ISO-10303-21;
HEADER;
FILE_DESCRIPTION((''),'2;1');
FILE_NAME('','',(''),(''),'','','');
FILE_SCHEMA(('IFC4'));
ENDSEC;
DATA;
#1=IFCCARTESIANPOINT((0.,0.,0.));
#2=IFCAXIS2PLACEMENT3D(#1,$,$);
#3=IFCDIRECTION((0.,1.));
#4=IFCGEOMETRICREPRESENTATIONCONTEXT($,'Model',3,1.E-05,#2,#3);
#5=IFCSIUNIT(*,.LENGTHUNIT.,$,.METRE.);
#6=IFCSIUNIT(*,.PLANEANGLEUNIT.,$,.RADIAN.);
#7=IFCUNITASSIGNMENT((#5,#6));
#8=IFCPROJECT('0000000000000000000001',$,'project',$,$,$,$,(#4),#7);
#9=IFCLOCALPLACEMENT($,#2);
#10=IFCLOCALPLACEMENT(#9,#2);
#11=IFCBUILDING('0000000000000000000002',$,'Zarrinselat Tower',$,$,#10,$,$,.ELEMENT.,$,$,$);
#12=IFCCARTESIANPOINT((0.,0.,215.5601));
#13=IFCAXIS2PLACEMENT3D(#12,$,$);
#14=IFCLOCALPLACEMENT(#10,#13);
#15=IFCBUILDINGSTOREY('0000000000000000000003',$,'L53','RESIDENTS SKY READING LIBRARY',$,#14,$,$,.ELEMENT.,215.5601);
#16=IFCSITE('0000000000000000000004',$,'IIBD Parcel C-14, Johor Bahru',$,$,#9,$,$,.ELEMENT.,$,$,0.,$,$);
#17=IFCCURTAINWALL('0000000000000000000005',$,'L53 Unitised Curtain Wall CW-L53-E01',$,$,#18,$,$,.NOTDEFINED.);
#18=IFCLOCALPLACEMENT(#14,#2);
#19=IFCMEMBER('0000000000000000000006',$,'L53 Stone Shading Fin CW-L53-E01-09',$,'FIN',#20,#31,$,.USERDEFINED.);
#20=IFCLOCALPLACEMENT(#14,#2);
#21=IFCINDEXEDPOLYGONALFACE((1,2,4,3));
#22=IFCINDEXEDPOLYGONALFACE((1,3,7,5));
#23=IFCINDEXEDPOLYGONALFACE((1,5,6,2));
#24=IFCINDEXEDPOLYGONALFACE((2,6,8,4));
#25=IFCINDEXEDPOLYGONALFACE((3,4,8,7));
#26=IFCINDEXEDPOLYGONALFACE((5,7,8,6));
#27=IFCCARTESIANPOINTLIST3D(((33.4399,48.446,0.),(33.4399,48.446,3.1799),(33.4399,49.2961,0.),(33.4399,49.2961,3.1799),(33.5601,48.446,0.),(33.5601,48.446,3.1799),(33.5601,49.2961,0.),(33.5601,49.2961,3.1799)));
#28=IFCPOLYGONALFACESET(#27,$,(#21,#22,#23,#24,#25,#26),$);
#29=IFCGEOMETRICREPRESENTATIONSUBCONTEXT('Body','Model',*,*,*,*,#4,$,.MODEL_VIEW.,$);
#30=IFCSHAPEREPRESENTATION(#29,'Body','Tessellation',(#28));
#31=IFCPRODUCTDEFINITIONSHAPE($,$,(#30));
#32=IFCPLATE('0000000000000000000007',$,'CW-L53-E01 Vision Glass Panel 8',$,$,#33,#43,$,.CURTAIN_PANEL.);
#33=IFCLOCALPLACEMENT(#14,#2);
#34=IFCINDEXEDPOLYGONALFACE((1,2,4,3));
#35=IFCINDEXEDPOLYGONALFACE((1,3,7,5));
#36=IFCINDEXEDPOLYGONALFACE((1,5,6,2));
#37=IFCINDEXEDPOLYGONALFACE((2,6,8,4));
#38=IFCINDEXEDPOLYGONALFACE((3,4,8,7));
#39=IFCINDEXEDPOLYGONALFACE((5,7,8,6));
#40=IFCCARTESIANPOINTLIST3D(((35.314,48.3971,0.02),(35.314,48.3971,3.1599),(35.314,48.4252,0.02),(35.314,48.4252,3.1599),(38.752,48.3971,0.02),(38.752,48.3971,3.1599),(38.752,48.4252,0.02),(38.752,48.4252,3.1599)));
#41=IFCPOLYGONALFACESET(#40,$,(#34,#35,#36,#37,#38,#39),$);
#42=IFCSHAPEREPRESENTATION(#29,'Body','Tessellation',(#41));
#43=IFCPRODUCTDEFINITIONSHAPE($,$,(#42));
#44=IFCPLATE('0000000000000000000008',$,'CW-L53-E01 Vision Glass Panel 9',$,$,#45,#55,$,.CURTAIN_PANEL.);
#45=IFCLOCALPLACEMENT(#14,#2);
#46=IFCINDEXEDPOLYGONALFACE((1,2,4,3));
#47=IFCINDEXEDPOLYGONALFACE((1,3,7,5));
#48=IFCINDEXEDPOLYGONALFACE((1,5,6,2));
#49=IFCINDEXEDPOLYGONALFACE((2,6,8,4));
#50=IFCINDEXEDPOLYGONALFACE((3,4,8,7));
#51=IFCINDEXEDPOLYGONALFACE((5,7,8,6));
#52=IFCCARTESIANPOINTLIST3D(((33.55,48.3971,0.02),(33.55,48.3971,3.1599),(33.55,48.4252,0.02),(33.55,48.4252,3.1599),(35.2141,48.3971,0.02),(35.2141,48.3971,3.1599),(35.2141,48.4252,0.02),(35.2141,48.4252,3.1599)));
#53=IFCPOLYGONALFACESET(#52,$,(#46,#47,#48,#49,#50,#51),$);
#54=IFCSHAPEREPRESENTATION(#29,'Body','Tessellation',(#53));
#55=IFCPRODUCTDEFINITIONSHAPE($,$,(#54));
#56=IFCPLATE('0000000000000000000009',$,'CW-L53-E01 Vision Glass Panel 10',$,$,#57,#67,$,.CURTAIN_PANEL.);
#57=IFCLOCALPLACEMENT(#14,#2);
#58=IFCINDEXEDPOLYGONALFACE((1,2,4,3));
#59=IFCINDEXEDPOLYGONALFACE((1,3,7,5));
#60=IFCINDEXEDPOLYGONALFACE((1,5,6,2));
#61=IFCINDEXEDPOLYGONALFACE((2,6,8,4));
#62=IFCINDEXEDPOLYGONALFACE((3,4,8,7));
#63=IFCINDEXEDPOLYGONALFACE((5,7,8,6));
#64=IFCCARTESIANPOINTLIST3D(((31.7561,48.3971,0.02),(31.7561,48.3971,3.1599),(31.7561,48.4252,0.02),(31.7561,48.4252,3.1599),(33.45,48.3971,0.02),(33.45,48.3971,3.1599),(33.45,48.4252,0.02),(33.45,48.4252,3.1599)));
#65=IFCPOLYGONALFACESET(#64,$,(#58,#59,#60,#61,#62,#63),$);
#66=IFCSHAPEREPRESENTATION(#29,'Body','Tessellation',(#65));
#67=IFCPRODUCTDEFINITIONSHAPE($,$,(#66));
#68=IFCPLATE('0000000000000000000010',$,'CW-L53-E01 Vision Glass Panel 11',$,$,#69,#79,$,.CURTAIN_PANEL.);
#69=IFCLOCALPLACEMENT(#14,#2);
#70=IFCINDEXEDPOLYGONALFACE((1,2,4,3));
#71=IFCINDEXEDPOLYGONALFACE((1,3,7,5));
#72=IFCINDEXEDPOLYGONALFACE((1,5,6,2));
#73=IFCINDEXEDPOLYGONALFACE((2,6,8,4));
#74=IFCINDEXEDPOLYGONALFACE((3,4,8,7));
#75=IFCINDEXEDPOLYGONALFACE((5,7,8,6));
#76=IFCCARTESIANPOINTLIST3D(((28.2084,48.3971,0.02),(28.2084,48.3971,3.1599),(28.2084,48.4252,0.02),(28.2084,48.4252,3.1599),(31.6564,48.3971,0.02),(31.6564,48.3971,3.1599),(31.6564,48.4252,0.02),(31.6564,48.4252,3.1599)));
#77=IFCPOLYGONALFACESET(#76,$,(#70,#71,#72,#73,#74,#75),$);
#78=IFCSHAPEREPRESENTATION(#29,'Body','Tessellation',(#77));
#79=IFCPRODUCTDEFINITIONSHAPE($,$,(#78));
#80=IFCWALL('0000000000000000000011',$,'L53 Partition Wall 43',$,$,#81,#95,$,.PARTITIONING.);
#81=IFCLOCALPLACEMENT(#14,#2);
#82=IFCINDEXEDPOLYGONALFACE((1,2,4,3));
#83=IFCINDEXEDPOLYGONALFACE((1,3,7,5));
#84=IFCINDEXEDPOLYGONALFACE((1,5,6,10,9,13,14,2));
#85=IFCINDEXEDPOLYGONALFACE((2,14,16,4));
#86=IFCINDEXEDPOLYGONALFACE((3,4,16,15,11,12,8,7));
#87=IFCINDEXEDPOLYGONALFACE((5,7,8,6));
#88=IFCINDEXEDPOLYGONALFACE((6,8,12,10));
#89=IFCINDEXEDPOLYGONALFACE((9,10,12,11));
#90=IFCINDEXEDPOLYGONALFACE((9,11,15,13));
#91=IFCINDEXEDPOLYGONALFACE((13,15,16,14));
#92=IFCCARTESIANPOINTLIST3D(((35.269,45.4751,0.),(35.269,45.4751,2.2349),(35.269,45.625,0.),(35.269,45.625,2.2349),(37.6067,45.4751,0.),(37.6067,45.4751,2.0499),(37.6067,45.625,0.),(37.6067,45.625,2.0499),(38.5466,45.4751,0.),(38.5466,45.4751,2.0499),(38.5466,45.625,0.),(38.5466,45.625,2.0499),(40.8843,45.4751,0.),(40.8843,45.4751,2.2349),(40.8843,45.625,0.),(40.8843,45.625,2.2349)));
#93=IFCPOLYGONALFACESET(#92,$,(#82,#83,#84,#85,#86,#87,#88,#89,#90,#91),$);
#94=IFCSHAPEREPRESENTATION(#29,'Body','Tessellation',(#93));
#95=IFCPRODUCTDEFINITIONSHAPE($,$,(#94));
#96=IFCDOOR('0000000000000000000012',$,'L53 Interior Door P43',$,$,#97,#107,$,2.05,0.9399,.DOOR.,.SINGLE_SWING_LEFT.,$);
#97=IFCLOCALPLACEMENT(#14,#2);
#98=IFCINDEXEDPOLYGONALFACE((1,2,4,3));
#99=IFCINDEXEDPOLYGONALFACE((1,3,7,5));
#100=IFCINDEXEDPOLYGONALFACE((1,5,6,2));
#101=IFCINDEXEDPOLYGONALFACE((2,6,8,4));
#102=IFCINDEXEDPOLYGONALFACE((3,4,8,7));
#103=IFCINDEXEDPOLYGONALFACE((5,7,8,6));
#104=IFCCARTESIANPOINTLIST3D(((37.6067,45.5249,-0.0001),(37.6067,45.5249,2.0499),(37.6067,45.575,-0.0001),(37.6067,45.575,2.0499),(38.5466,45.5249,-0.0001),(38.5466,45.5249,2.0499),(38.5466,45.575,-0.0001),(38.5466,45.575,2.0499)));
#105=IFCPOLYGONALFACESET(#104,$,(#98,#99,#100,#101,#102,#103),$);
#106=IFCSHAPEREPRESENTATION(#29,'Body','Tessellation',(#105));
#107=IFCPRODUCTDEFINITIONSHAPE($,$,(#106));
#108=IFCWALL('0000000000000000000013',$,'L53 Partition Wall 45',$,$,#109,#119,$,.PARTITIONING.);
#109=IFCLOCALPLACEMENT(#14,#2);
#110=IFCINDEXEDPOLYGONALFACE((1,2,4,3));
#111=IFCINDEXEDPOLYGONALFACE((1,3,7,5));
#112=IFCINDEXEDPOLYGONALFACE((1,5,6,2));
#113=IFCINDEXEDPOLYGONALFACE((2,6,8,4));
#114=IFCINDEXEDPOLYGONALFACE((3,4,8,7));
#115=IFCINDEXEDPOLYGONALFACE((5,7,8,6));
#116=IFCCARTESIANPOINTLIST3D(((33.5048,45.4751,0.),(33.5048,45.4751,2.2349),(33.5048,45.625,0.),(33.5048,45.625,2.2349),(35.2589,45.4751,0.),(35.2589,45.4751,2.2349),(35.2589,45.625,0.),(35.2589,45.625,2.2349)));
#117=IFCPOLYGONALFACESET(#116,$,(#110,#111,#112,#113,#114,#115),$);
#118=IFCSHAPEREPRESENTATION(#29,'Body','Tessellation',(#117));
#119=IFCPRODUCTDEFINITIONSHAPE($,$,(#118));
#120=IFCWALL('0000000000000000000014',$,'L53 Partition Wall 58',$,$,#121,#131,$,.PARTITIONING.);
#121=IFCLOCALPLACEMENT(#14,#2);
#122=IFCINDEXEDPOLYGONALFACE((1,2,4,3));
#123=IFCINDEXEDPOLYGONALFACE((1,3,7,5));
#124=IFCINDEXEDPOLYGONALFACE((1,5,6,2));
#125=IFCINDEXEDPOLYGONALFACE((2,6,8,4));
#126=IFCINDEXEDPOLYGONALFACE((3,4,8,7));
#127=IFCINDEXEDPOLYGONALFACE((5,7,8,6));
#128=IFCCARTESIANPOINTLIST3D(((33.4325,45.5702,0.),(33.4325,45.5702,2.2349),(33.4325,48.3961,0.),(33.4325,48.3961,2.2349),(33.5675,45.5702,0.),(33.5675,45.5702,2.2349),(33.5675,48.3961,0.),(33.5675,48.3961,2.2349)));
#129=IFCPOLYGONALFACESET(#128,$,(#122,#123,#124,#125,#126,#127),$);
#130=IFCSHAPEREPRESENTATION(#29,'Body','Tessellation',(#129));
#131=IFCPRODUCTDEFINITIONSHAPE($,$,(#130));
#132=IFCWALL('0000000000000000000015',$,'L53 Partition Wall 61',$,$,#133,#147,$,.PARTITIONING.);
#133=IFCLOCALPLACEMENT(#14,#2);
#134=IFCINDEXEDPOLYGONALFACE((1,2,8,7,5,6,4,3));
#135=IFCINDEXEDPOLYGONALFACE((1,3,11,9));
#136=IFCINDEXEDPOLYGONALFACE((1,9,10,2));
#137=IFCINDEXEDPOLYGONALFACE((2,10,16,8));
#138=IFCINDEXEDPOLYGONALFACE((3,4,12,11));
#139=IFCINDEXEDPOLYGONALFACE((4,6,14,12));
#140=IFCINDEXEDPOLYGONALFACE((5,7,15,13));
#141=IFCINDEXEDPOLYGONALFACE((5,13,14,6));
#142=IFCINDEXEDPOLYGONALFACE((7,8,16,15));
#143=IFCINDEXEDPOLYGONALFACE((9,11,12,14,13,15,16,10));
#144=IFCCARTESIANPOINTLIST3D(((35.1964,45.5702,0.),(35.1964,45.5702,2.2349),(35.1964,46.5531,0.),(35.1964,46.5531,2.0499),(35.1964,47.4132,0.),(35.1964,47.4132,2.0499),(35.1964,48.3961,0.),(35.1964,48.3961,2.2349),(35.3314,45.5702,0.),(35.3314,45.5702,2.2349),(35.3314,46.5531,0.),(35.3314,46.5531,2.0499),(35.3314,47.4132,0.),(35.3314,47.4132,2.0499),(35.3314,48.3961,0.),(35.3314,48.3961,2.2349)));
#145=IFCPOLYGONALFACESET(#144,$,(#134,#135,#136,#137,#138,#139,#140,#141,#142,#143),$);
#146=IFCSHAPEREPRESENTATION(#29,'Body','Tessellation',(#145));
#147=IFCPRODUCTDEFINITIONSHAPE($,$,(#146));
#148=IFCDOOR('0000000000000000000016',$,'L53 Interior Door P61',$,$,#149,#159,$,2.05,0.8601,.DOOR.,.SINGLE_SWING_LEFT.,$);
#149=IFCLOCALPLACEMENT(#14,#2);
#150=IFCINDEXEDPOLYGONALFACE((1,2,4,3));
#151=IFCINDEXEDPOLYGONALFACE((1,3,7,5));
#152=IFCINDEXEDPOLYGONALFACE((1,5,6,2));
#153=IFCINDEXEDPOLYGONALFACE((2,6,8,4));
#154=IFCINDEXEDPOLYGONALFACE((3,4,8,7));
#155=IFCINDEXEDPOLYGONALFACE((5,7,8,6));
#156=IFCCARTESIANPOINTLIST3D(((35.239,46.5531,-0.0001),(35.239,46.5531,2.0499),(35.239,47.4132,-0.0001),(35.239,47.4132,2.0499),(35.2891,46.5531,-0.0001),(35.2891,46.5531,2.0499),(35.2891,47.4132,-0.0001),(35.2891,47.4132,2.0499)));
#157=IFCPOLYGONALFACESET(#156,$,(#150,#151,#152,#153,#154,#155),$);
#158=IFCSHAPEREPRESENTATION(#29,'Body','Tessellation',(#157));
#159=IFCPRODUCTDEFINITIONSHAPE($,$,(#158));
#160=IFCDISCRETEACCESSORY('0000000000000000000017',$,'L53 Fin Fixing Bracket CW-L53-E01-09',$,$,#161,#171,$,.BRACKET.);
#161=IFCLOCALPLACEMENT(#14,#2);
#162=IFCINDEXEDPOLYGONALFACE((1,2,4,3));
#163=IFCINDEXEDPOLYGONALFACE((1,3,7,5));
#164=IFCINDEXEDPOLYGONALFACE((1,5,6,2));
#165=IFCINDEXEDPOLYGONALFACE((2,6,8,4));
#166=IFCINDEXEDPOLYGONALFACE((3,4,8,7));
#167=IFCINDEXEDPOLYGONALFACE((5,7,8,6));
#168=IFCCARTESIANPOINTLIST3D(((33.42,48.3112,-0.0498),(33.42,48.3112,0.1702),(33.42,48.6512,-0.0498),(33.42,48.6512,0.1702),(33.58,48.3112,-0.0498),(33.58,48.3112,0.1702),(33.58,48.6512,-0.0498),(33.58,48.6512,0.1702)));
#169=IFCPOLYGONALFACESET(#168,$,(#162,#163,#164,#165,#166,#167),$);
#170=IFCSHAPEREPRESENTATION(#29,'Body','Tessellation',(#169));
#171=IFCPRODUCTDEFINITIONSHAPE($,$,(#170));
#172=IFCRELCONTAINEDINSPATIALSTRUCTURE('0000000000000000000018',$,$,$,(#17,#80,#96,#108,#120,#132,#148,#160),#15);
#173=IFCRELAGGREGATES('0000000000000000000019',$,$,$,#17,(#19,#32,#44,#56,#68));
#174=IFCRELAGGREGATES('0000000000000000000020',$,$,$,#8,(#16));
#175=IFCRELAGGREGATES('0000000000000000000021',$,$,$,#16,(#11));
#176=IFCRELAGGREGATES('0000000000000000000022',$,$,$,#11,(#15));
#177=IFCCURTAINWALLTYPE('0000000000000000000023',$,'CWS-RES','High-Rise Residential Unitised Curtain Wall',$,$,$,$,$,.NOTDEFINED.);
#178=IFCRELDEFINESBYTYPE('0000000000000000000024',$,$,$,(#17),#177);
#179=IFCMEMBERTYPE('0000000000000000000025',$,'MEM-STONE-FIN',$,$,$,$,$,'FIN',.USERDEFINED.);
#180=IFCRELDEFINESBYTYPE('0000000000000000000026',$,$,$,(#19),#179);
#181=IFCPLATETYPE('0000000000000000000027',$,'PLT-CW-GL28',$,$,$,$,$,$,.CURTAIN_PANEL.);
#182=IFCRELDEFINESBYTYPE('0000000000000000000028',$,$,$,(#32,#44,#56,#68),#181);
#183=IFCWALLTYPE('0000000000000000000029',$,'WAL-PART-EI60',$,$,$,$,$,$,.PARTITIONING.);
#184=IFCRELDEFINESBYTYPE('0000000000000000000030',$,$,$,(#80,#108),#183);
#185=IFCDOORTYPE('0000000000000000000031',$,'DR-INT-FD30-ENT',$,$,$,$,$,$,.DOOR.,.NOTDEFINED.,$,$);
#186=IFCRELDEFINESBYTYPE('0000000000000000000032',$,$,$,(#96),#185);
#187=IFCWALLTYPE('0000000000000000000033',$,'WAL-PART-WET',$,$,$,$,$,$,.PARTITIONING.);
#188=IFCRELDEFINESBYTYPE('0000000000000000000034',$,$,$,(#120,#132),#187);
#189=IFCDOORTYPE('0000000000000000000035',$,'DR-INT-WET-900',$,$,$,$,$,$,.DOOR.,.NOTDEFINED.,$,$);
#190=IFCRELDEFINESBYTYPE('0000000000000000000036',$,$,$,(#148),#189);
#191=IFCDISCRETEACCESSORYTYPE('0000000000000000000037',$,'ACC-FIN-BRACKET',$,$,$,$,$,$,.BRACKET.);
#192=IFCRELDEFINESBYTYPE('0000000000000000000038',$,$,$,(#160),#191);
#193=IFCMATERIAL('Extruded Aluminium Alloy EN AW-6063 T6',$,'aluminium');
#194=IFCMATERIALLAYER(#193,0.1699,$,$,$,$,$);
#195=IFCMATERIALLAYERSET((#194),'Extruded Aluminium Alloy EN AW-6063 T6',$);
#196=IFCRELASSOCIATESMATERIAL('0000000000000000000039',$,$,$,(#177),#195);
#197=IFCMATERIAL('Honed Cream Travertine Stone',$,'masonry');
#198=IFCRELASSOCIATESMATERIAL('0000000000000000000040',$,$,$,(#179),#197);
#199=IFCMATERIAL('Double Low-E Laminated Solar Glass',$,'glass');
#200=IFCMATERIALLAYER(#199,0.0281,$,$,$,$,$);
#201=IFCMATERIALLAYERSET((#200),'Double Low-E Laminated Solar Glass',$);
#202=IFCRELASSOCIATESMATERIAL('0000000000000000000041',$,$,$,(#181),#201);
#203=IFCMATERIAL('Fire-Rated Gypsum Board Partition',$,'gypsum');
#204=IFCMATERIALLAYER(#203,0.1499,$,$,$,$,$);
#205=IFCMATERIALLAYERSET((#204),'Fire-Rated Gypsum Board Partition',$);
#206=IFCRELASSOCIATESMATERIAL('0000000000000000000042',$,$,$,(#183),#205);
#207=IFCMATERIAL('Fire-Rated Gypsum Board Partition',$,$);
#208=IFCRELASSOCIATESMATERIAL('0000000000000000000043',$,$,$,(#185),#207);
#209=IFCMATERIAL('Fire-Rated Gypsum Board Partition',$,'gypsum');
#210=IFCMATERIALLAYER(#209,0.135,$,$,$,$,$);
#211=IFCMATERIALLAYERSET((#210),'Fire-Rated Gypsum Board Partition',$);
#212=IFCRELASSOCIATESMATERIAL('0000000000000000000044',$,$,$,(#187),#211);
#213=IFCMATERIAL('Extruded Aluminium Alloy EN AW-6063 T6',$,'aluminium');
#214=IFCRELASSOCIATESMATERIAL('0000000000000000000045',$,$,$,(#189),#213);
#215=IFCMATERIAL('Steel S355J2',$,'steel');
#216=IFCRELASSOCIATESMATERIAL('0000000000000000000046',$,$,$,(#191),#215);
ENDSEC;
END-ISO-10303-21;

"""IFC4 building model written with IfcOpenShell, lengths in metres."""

from ifc_helpers import new_model, si_unit, direction, frame, frame_2d, origin, origin_2d, place, context, subcontext, project, spatial, rectangle, extrude, material, layer, layer_set, material_profile, profile_set, type_object, element, fill, aggregate, save


model = new_model("IFC4")

# Units and contexts
model_context = context("Model", 3, precision=1e-05, world=origin(), true_north=direction((0.0, 1.0)))
body_context = subcontext(model_context, "Body", "Model", "MODEL_VIEW")
ifc_project = project(units=[si_unit("LENGTHUNIT", "METRE"), si_unit("PLANEANGLEUNIT", "RADIAN")], contexts=[model_context])

# Site, building, storey
site_placement = place(None, origin())
site = spatial("IfcSite", under=ifc_project, at=site_placement, Name="IIBD Parcel C-14, Johor Bahru", CompositionType="ELEMENT", RefElevation=0.0)
building_placement = place(site_placement, origin())
building = spatial("IfcBuilding", under=site, at=building_placement, Name="Zarrinselat Tower", CompositionType="ELEMENT")
storey_placement = place(building_placement, frame((0.0, 0.0, 215.5601)))
storey = spatial("IfcBuildingStorey", under=building, at=storey_placement, Name="L53", Description="RESIDENTS SKY READING LIBRARY", CompositionType="ELEMENT", Elevation=215.5601)

# Curtain wall, member, plates
ifc_material_1 = material(Name="Extruded Aluminium Alloy EN AW-6063 T6", Category="aluminium")
ifc_layer_1 = layer(ifc_material_1, 0.1699)
ifc_layer_set_1 = layer_set([ifc_layer_1], Name="Extruded Aluminium Alloy EN AW-6063 T6")
curtain_wall_type = type_object("IfcCurtainWallType", Name="CWS-RES", Description="High-Rise Residential Unitised Curtain Wall", PredefinedType="NOTDEFINED", material=ifc_layer_set_1)
curtain_wall_placement = place(storey_placement, origin())
curtain_wall = element("IfcCurtainWall", 1, at=curtain_wall_placement, inside=storey, type_object=curtain_wall_type, Name="L53 Unitised Curtain Wall CW-L53-E01", PredefinedType="NOTDEFINED")
ifc_material_2 = material(Name="Honed Cream Travertine Stone", Category="masonry")
ifc_material_profile_1 = material_profile(ifc_material_2, rectangle(XDim=0.1201, YDim=0.8501, at=origin_2d()), Name="FIN 850x120")
ifc_profile_set_1 = profile_set([ifc_material_profile_1], Name="Honed Cream Travertine Stone")
member_type_1 = type_object("IfcMemberType", Name="MEM-STONE-FIN", ElementType="FIN", PredefinedType="USERDEFINED", material=ifc_profile_set_1)
member_1_placement = place(storey_placement, frame((33.5, 48.8711, 0.0), z_axis=(0.0, 0.0, 1.0), x_axis=(1.0, 0.0, 0.0)))
member_1 = element("IfcMember", 2, at=member_1_placement, type_object=member_type_1, Name="L53 Stone Shading Fin CW-L53-E01-09", ObjectType="FIN", PredefinedType="USERDEFINED", context=body_context, shape_type="SweptSolid", body=[
    extrude(rectangle(XDim=0.1201, YDim=0.8501, at=origin_2d()), origin(), (0.0, 0.0, 1.0), 3.1799),
])
ifc_material_3 = material(Name="Double Low-E Laminated Solar Glass", Category="glass")
ifc_layer_2 = layer(ifc_material_3, 0.0281)
ifc_layer_set_2 = layer_set([ifc_layer_2], Name="Double Low-E Laminated Solar Glass")
plate_type = type_object("IfcPlateType", Name="PLT-CW-GL28", PredefinedType="CURTAIN_PANEL", material=ifc_layer_set_2)
plate_1_placement = place(storey_placement, frame((37.033, 48.4111, 0.02), z_axis=(0.0, 0.0, 1.0), x_axis=(-1.0, 0.0, 0.0)))
plate_1 = element("IfcPlate", 3, at=plate_1_placement, type_object=plate_type, Name="CW-L53-E01 Vision Glass Panel 8", PredefinedType="CURTAIN_PANEL", context=body_context, shape_type="SweptSolid", body=[
    extrude(rectangle(XDim=3.438, YDim=0.0281, at=origin_2d()), origin(), (0.0, 0.0, 1.0), 3.1399),
])
plate_2_placement = place(storey_placement, frame((34.3821, 48.4111, 0.02), z_axis=(0.0, 0.0, 1.0), x_axis=(-1.0, 0.0, 0.0)))
plate_2 = element("IfcPlate", 4, at=plate_2_placement, type_object=plate_type, Name="CW-L53-E01 Vision Glass Panel 9", PredefinedType="CURTAIN_PANEL", context=body_context, shape_type="SweptSolid", body=[
    extrude(rectangle(XDim=1.6641, YDim=0.0281, at=origin_2d()), origin(), (0.0, 0.0, 1.0), 3.1399),
])
plate_3_placement = place(storey_placement, frame((32.603, 48.4111, 0.02), z_axis=(0.0, 0.0, 1.0), x_axis=(-1.0, 0.0, 0.0)))
plate_3 = element("IfcPlate", 5, at=plate_3_placement, type_object=plate_type, Name="CW-L53-E01 Vision Glass Panel 10", PredefinedType="CURTAIN_PANEL", context=body_context, shape_type="SweptSolid", body=[
    extrude(rectangle(XDim=1.6938, YDim=0.0281, at=origin_2d()), origin(), (0.0, 0.0, 1.0), 3.1399),
])
plate_4_placement = place(storey_placement, frame((29.9324, 48.4111, 0.02), z_axis=(0.0, 0.0, 1.0), x_axis=(-1.0, 0.0, 0.0)))
plate_4 = element("IfcPlate", 6, at=plate_4_placement, type_object=plate_type, Name="CW-L53-E01 Vision Glass Panel 11", PredefinedType="CURTAIN_PANEL", context=body_context, shape_type="SweptSolid", body=[
    extrude(rectangle(XDim=3.448, YDim=0.0281, at=origin_2d()), origin(), (0.0, 0.0, 1.0), 3.1399),
])
aggregate(curtain_wall, [member_1, plate_1, plate_2, plate_3, plate_4])

# Wall, opening, door
ifc_material_4 = material(Name="Fire-Rated Gypsum Board Partition", Category="gypsum")
ifc_layer_3 = layer(ifc_material_4, 0.1499)
ifc_layer_set_3 = layer_set([ifc_layer_3], Name="Fire-Rated Gypsum Board Partition")
wall_type_1 = type_object("IfcWallType", Name="WAL-PART-EI60", PredefinedType="PARTITIONING", material=ifc_layer_set_3)
wall_1_placement = place(storey_placement, frame((35.269, 45.55, 0.0), z_axis=(0.0, 0.0, 1.0), x_axis=(1.0, 0.0, 0.0)))
wall_1 = element("IfcWall", 7, at=wall_1_placement, inside=storey, type_object=wall_type_1, Name="L53 Partition Wall 43", PredefinedType="PARTITIONING", context=body_context, shape_type="SweptSolid", body=[
    extrude(rectangle(XDim=5.6152, YDim=0.1499, at=frame_2d((2.8076, 0.0))), origin(), (0.0, 0.0, 1.0), 2.2349),
])
opening_1_placement = place(wall_1_placement, frame((2.3376, 0.0, 0.0)))
opening_1 = element("IfcOpeningElement", 8, at=opening_1_placement, cuts=wall_1, PredefinedType="OPENING", context=body_context, shape_type="SweptSolid", body=[
    extrude(rectangle(XDim=0.9399, YDim=2.05, at=frame_2d((0.47, 1.0249))), frame((0.0, 0.085, 0.0), z_axis=(0.0, -1.0, 0.0), x_axis=(1.0, 0.0, 0.0)), (0.0, 0.0, 1.0), 0.1699),
])
ifc_material_5 = material(Name="Fire-Rated Gypsum Board Partition")
door_type_1 = type_object("IfcDoorType", Name="DR-INT-FD30-ENT", OperationType="NOTDEFINED", PredefinedType="DOOR", material=ifc_material_5)
door_1_placement = place(opening_1_placement, origin())
door_1 = element("IfcDoor", 9, at=door_1_placement, inside=storey, type_object=door_type_1, Name="L53 Interior Door P43", OperationType="SINGLE_SWING_LEFT", OverallHeight=2.05, OverallWidth=0.9399, PredefinedType="DOOR", context=body_context, shape_type="SweptSolid", body=[
    extrude(rectangle(XDim=0.9399, YDim=2.05, at=frame_2d((0.47, 1.0249))), frame((0.0, 0.0249, 0.0), z_axis=(0.0, -1.0, 0.0), x_axis=(1.0, 0.0, 0.0)), (0.0, 0.0, 1.0), 0.05),
])
fill(opening_1, door_1)

# Walls
wall_2_placement = place(storey_placement, frame((33.5049, 45.55, 0.0), z_axis=(0.0, 0.0, 1.0), x_axis=(1.0, 0.0, 0.0)))
element("IfcWall", 10, at=wall_2_placement, inside=storey, type_object=wall_type_1, Name="L53 Partition Wall 45", PredefinedType="PARTITIONING", context=body_context, shape_type="SweptSolid", body=[
    extrude(rectangle(XDim=1.7542, YDim=0.1499, at=frame_2d((0.877, 0.0))), origin(), (0.0, 0.0, 1.0), 2.2349),
])
ifc_material_6 = material(Name="Fire-Rated Gypsum Board Partition", Category="gypsum")
ifc_layer_4 = layer(ifc_material_6, 0.135)
ifc_layer_set_4 = layer_set([ifc_layer_4], Name="Fire-Rated Gypsum Board Partition")
wall_type_2 = type_object("IfcWallType", Name="WAL-PART-WET", PredefinedType="PARTITIONING", material=ifc_layer_set_4)
wall_3_placement = place(storey_placement, frame((33.5, 45.5701, 0.0), z_axis=(0.0, 0.0, 1.0), x_axis=(0.0, 1.0, 0.0)))
element("IfcWall", 11, at=wall_3_placement, inside=storey, type_object=wall_type_2, Name="L53 Partition Wall 58", PredefinedType="PARTITIONING", context=body_context, shape_type="SweptSolid", body=[
    extrude(rectangle(XDim=2.8259, YDim=0.135, at=frame_2d((1.4131, 0.0))), origin(), (0.0, 0.0, 1.0), 2.2349),
])

# Wall, opening, door
wall_4_placement = place(storey_placement, frame((35.2639, 45.5701, 0.0), z_axis=(0.0, 0.0, 1.0), x_axis=(0.0, 1.0, 0.0)))
wall_4 = element("IfcWall", 12, at=wall_4_placement, inside=storey, type_object=wall_type_2, Name="L53 Partition Wall 61", PredefinedType="PARTITIONING", context=body_context, shape_type="SweptSolid", body=[
    extrude(rectangle(XDim=2.8259, YDim=0.135, at=frame_2d((1.4131, 0.0))), origin(), (0.0, 0.0, 1.0), 2.2349),
])
opening_2_placement = place(wall_4_placement, frame((0.9829, 0.0, 0.0)))
opening_2 = element("IfcOpeningElement", 13, at=opening_2_placement, cuts=wall_4, PredefinedType="OPENING", context=body_context, shape_type="SweptSolid", body=[
    extrude(rectangle(XDim=0.8601, YDim=2.05, at=frame_2d((0.4302, 1.0249))), frame((0.0, 0.0774, 0.0), z_axis=(0.0, -1.0, 0.0), x_axis=(1.0, 0.0, 0.0)), (0.0, 0.0, 1.0), 0.155),
])
ifc_material_7 = material(Name="Extruded Aluminium Alloy EN AW-6063 T6", Category="aluminium")
door_type_2 = type_object("IfcDoorType", Name="DR-INT-WET-900", OperationType="NOTDEFINED", PredefinedType="DOOR", material=ifc_material_7)
door_2_placement = place(opening_2_placement, origin())
door_2 = element("IfcDoor", 14, at=door_2_placement, inside=storey, type_object=door_type_2, Name="L53 Interior Door P61", OperationType="SINGLE_SWING_LEFT", OverallHeight=2.05, OverallWidth=0.8601, PredefinedType="DOOR", context=body_context, shape_type="SweptSolid", body=[
    extrude(rectangle(XDim=0.8601, YDim=2.05, at=frame_2d((0.4302, 1.0249))), frame((0.0, 0.0249, 0.0), z_axis=(0.0, -1.0, 0.0), x_axis=(1.0, 0.0, 0.0)), (0.0, 0.0, 1.0), 0.05),
])
fill(opening_2, door_2)

# Discrete accessory
ifc_material_8 = material(Name="Steel S355J2", Category="steel")
discrete_accessory_type = type_object("IfcDiscreteAccessoryType", Name="ACC-FIN-BRACKET", PredefinedType="BRACKET", material=ifc_material_8)
discrete_accessory_placement = place(storey_placement, frame((33.5, 48.4812, -0.0498), z_axis=(0.0, 0.0, 1.0), x_axis=(0.0, 1.0, 0.0)))
element("IfcDiscreteAccessory", 15, at=discrete_accessory_placement, inside=storey, type_object=discrete_accessory_type, Name="L53 Fin Fixing Bracket CW-L53-E01-09", PredefinedType="BRACKET", context=body_context, shape_type="SweptSolid", body=[
    extrude(rectangle(XDim=0.3401, YDim=0.1599, at=origin_2d()), origin(), (0.0, 0.0, 1.0), 0.22),
])

save(model, "model.ifc")
